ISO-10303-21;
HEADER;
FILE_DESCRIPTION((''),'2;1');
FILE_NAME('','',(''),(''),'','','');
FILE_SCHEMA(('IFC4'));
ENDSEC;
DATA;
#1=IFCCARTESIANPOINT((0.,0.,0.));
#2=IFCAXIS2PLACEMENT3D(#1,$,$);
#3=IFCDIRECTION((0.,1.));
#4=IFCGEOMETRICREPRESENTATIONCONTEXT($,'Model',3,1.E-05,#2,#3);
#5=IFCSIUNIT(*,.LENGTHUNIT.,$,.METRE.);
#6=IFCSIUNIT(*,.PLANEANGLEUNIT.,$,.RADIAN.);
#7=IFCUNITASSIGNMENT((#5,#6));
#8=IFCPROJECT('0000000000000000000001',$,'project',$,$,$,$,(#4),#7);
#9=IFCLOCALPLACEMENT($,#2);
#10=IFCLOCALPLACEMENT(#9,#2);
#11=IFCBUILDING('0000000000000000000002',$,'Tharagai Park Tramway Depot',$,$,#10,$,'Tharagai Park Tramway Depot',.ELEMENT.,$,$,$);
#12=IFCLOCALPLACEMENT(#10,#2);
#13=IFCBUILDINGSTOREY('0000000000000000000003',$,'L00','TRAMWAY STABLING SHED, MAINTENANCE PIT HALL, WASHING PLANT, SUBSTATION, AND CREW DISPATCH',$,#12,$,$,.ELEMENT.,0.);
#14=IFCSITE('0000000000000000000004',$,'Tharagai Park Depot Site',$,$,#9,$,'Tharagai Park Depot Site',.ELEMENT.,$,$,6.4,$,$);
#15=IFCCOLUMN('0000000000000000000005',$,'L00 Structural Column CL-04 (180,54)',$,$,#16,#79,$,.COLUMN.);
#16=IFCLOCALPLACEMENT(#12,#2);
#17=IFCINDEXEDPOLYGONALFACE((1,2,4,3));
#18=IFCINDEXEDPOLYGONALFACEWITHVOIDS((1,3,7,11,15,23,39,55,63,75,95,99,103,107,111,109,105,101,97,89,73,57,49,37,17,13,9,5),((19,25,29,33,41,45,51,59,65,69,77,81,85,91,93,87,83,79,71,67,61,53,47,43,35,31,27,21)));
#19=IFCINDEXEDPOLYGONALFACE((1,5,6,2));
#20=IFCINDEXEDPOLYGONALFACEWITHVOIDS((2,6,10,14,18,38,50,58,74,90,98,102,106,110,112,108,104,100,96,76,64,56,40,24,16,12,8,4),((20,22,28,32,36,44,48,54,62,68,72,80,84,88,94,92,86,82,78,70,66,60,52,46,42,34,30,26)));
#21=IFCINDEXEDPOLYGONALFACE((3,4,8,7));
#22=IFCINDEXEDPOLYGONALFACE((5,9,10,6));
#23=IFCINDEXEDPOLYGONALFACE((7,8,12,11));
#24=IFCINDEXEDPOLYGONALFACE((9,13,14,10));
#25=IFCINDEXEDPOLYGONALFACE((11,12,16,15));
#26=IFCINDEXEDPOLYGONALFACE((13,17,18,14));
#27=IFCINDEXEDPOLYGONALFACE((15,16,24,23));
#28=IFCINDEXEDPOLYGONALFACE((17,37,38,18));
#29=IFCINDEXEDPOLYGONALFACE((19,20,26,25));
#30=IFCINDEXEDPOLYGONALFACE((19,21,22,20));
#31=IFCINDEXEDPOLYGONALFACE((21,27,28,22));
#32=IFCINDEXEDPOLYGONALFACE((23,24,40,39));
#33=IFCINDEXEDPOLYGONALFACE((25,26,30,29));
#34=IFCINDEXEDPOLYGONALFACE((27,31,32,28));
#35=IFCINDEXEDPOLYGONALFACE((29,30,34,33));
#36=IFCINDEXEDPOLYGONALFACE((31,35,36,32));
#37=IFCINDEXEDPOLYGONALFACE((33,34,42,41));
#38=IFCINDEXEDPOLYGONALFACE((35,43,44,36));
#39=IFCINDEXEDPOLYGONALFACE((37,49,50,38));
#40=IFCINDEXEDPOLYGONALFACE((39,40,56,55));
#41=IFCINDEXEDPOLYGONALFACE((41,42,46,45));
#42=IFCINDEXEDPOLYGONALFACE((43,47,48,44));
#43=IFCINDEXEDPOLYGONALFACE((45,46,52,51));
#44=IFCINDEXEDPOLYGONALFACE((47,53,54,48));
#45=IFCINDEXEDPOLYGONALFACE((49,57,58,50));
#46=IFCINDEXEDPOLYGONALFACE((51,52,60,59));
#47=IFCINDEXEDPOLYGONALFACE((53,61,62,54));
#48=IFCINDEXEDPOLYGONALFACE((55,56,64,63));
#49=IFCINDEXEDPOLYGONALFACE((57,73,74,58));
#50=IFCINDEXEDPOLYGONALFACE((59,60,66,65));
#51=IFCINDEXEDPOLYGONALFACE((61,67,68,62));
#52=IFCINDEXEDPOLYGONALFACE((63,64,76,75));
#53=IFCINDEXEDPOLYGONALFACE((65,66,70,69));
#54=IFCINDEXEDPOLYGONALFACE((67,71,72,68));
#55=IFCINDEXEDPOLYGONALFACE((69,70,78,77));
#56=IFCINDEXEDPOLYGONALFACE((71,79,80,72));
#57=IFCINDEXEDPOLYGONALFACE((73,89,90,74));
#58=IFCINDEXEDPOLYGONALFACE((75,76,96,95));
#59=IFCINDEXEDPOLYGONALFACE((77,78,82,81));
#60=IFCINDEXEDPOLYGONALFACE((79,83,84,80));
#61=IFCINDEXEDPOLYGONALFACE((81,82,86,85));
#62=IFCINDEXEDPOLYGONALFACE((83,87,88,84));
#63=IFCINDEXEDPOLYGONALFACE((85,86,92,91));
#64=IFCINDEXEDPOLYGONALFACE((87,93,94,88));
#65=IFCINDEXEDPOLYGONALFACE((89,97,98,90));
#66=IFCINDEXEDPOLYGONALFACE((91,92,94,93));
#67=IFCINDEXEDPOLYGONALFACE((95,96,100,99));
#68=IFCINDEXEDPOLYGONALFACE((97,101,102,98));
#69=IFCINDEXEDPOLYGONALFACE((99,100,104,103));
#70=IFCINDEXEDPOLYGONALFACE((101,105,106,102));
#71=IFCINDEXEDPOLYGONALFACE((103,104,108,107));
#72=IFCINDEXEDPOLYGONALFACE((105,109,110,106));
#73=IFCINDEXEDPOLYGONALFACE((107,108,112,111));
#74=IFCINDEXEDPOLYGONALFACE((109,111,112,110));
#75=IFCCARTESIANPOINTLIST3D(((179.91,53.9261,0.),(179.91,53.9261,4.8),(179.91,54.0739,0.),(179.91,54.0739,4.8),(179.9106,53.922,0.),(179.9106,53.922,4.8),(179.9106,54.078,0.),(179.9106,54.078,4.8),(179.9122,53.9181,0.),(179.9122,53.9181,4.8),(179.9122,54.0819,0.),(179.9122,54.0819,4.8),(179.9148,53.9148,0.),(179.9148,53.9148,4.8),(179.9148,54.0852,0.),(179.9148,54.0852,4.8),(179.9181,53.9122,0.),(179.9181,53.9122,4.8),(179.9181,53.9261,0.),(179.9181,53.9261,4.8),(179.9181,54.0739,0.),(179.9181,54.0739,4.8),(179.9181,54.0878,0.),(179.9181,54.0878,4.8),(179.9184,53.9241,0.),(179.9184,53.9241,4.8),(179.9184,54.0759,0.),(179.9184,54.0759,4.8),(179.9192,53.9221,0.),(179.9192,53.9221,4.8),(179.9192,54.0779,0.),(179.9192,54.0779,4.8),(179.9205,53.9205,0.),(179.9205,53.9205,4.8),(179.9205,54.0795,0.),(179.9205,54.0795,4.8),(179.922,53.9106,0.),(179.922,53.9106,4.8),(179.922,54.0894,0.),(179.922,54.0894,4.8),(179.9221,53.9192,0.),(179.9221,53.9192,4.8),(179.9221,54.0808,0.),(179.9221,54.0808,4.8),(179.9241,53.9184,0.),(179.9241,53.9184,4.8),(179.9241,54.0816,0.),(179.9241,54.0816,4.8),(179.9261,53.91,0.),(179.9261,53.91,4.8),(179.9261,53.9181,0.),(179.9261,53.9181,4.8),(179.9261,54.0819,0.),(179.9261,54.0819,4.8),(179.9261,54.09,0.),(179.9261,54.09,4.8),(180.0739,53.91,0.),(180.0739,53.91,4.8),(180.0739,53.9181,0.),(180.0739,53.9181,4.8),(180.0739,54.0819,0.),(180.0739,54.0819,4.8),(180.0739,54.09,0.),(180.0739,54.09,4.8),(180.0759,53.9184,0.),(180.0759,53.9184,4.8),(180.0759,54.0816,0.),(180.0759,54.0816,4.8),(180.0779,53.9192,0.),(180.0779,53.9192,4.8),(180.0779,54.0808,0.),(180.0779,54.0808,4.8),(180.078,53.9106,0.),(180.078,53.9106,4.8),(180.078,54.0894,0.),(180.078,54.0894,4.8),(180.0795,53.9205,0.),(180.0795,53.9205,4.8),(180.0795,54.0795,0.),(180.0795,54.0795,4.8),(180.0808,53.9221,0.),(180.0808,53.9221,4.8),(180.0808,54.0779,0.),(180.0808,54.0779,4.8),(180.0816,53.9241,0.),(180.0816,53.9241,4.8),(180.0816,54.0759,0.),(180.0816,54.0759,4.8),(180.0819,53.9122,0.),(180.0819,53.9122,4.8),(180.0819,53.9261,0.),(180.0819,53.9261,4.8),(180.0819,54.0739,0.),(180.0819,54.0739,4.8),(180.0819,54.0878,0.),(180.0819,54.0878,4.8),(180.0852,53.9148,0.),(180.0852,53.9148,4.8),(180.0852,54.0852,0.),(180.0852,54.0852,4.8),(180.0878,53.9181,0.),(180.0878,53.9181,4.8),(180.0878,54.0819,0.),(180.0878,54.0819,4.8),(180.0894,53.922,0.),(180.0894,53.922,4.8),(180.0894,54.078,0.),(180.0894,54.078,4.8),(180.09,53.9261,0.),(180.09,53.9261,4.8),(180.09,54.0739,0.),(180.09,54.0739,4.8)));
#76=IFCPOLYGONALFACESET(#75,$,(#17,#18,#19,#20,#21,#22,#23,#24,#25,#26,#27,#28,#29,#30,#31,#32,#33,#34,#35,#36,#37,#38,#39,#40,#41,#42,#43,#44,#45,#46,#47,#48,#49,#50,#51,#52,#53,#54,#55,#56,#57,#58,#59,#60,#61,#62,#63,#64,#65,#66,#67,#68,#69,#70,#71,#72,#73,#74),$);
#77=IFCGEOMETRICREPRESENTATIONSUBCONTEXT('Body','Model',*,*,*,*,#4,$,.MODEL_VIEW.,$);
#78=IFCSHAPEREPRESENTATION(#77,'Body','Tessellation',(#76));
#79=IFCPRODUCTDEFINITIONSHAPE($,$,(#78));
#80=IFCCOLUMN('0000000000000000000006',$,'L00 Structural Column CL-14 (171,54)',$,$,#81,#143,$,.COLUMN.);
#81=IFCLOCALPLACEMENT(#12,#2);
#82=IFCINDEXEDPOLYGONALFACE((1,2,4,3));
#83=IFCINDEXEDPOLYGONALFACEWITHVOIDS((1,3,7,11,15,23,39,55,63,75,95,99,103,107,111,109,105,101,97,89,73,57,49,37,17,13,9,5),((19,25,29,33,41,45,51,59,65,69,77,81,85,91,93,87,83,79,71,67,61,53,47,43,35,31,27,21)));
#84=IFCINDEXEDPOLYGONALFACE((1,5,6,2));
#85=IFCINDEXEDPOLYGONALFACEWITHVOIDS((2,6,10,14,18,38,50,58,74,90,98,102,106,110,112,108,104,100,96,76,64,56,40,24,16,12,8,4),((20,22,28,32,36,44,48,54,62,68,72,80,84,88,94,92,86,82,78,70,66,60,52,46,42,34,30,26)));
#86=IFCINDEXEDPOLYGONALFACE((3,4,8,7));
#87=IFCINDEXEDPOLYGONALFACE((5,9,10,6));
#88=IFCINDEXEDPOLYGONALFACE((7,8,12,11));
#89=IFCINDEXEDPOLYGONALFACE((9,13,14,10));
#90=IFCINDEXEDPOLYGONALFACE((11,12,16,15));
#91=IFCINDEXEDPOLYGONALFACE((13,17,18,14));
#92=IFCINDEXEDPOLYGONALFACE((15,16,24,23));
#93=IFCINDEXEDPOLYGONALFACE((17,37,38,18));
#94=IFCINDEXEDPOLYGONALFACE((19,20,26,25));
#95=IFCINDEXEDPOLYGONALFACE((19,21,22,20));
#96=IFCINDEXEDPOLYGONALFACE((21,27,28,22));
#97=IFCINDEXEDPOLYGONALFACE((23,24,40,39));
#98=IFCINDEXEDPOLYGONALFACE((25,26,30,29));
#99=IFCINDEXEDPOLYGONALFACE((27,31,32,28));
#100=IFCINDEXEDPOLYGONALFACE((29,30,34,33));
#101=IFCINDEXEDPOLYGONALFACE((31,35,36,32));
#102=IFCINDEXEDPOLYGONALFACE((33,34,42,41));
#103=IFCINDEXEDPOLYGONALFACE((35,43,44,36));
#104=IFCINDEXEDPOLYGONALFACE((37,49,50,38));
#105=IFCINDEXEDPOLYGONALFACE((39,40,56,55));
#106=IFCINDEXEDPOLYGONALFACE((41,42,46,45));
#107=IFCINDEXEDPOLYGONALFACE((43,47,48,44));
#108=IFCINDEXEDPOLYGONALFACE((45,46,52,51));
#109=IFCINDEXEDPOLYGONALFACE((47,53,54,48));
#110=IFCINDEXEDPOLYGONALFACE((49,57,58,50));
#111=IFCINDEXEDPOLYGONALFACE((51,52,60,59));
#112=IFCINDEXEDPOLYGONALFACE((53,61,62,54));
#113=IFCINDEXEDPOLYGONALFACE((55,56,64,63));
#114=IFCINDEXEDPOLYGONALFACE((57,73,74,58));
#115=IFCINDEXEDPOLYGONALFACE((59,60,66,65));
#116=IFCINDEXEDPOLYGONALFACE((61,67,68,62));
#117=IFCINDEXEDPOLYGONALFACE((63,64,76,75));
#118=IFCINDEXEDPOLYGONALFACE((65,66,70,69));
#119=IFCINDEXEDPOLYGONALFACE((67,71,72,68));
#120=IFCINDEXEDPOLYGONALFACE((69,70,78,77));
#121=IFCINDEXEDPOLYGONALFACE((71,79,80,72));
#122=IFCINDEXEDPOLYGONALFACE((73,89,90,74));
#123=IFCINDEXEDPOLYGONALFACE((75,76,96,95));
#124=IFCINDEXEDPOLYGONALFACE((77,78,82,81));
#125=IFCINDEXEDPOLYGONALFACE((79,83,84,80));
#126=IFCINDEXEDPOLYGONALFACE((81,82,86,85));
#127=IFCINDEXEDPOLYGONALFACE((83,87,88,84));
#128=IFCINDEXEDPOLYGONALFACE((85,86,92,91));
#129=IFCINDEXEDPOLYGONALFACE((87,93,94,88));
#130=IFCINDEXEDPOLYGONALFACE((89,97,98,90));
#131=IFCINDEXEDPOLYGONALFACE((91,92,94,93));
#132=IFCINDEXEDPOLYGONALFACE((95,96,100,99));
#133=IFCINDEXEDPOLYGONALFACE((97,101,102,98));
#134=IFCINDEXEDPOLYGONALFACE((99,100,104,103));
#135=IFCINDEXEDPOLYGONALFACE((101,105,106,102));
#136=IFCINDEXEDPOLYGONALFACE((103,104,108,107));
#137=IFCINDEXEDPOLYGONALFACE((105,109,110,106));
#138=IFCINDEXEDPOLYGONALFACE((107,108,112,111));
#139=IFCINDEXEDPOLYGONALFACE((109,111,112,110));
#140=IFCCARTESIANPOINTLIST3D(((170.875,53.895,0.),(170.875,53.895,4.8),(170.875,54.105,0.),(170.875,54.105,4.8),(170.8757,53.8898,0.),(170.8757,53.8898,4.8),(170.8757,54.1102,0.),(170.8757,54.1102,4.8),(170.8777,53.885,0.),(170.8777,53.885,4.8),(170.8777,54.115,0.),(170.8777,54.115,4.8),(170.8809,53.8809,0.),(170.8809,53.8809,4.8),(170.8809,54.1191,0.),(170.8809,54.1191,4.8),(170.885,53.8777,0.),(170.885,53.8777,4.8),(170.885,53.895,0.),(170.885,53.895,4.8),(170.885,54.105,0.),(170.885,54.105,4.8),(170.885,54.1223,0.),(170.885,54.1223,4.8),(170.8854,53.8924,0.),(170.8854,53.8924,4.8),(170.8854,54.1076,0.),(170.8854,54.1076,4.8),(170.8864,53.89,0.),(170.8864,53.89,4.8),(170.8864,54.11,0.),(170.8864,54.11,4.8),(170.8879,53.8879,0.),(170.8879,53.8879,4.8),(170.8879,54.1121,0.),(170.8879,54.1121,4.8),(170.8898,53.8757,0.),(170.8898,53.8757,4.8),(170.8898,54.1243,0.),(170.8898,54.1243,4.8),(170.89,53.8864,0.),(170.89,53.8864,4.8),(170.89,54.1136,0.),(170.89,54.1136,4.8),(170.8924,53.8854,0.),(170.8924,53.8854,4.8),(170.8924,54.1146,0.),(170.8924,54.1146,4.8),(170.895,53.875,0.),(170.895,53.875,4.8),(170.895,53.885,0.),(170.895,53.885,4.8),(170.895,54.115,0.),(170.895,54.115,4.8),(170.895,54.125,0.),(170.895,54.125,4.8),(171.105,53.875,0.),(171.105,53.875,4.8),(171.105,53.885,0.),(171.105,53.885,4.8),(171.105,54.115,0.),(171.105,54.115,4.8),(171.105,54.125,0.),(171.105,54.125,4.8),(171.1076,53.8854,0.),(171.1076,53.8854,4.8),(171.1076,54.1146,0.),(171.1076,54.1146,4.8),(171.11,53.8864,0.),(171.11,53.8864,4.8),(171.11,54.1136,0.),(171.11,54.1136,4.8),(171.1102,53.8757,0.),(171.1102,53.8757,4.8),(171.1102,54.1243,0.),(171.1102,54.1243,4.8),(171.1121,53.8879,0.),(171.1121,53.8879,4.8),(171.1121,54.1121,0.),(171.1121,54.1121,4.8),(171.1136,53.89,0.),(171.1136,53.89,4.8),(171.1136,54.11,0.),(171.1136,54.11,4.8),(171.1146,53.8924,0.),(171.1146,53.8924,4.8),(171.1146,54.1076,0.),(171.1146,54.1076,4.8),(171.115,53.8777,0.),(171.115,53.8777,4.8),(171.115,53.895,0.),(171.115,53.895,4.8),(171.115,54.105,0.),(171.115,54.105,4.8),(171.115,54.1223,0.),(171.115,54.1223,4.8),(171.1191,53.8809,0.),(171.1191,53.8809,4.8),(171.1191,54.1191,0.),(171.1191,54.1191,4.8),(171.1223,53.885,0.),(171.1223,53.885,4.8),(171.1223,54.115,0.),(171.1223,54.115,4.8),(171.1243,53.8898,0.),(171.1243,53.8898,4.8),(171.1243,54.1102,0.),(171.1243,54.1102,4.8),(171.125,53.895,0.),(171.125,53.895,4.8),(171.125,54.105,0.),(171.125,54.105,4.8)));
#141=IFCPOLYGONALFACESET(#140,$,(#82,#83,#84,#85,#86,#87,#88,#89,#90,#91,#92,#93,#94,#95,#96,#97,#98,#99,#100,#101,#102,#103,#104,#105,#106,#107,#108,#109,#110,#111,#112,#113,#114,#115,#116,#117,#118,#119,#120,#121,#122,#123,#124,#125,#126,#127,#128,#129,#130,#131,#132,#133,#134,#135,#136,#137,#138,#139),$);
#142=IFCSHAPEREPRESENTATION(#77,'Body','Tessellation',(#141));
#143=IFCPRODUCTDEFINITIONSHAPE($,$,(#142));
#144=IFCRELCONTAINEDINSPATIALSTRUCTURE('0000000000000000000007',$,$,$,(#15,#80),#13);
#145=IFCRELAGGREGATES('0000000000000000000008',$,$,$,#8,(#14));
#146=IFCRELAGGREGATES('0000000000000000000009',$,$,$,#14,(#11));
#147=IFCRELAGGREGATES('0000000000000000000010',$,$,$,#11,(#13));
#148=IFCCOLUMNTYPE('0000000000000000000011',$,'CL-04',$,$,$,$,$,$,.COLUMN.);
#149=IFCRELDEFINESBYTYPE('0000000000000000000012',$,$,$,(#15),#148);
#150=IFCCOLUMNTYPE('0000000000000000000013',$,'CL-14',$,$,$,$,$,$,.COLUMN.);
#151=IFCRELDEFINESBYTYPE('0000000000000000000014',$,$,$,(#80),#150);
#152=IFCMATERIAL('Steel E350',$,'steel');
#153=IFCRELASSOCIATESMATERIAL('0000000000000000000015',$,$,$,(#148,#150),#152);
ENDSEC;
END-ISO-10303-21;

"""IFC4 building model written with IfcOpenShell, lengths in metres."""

from ifc_helpers import new_model, si_unit, direction, frame, origin, origin_2d, place, context, subcontext, project, spatial, hollow_rectangle, extrude, material, material_profile, profile_set, type_object, element, save


model = new_model("IFC4")

# Units and contexts
model_context = context("Model", 3, precision=1e-05, world=origin(), true_north=direction((0.0, 1.0)))
body_context = subcontext(model_context, "Body", "Model", "MODEL_VIEW")
ifc_project = project(units=[si_unit("LENGTHUNIT", "METRE"), si_unit("PLANEANGLEUNIT", "RADIAN")], contexts=[model_context])

# Site, building, storey
site_placement = place(None, origin())
site = spatial("IfcSite", under=ifc_project, at=site_placement, Name="Tharagai Park Depot Site", LongName="Tharagai Park Depot Site", CompositionType="ELEMENT", RefElevation=6.4)
building_placement = place(site_placement, origin())
building = spatial("IfcBuilding", under=site, at=building_placement, Name="Tharagai Park Tramway Depot", LongName="Tharagai Park Tramway Depot", CompositionType="ELEMENT")
storey_placement = place(building_placement, origin())
storey = spatial("IfcBuildingStorey", under=building, at=storey_placement, Name="L00", Description="TRAMWAY STABLING SHED, MAINTENANCE PIT HALL, WASHING PLANT, SUBSTATION, AND CREW DISPATCH", CompositionType="ELEMENT", Elevation=0.0)

# Columns
ifc_material_1 = material(Name="Steel E350", Category="steel")
ifc_material_profile_1 = material_profile(ifc_material_1, hollow_rectangle(XDim=0.1799, YDim=0.1799, WallThickness=0.0081, InnerFilletRadius=0.0081, OuterFilletRadius=0.0161, at=origin_2d()), Name="SHS 180x180x8")
ifc_profile_set_1 = profile_set([ifc_material_profile_1], Name="Steel E350")
column_type_1 = type_object("IfcColumnType", Name="CL-04", PredefinedType="COLUMN", material=ifc_profile_set_1)
column_1_placement = place(storey_placement, frame((180.0, 54.0, 0.0), z_axis=(0.0, 0.0, 1.0), x_axis=(1.0, 0.0, 0.0)))
element("IfcColumn", 1, at=column_1_placement, inside=storey, type_object=column_type_1, Name="L00 Structural Column CL-04 (180,54)", PredefinedType="COLUMN", context=body_context, shape_type="SweptSolid", body=[
    extrude(hollow_rectangle(XDim=0.1799, YDim=0.1799, WallThickness=0.0081, InnerFilletRadius=0.0081, OuterFilletRadius=0.0161, at=origin_2d()), origin(), (0.0, 0.0, 1.0), 4.8),
])
ifc_material_profile_2 = material_profile(ifc_material_1, hollow_rectangle(XDim=0.25, YDim=0.25, WallThickness=0.01, InnerFilletRadius=0.01, OuterFilletRadius=0.02, at=origin_2d()), Name="SHS 250x250x10")
ifc_profile_set_2 = profile_set([ifc_material_profile_2], Name="Steel E350")
column_type_2 = type_object("IfcColumnType", Name="CL-14", PredefinedType="COLUMN", material=ifc_profile_set_2)
column_2_placement = place(storey_placement, frame((171.0, 54.0, 0.0), z_axis=(0.0, 0.0, 1.0), x_axis=(1.0, 0.0, 0.0)))
element("IfcColumn", 2, at=column_2_placement, inside=storey, type_object=column_type_2, Name="L00 Structural Column CL-14 (171,54)", PredefinedType="COLUMN", context=body_context, shape_type="SweptSolid", body=[
    extrude(hollow_rectangle(XDim=0.25, YDim=0.25, WallThickness=0.01, InnerFilletRadius=0.01, OuterFilletRadius=0.02, at=origin_2d()), origin(), (0.0, 0.0, 1.0), 4.8),
])

save(model, "model.ifc")
